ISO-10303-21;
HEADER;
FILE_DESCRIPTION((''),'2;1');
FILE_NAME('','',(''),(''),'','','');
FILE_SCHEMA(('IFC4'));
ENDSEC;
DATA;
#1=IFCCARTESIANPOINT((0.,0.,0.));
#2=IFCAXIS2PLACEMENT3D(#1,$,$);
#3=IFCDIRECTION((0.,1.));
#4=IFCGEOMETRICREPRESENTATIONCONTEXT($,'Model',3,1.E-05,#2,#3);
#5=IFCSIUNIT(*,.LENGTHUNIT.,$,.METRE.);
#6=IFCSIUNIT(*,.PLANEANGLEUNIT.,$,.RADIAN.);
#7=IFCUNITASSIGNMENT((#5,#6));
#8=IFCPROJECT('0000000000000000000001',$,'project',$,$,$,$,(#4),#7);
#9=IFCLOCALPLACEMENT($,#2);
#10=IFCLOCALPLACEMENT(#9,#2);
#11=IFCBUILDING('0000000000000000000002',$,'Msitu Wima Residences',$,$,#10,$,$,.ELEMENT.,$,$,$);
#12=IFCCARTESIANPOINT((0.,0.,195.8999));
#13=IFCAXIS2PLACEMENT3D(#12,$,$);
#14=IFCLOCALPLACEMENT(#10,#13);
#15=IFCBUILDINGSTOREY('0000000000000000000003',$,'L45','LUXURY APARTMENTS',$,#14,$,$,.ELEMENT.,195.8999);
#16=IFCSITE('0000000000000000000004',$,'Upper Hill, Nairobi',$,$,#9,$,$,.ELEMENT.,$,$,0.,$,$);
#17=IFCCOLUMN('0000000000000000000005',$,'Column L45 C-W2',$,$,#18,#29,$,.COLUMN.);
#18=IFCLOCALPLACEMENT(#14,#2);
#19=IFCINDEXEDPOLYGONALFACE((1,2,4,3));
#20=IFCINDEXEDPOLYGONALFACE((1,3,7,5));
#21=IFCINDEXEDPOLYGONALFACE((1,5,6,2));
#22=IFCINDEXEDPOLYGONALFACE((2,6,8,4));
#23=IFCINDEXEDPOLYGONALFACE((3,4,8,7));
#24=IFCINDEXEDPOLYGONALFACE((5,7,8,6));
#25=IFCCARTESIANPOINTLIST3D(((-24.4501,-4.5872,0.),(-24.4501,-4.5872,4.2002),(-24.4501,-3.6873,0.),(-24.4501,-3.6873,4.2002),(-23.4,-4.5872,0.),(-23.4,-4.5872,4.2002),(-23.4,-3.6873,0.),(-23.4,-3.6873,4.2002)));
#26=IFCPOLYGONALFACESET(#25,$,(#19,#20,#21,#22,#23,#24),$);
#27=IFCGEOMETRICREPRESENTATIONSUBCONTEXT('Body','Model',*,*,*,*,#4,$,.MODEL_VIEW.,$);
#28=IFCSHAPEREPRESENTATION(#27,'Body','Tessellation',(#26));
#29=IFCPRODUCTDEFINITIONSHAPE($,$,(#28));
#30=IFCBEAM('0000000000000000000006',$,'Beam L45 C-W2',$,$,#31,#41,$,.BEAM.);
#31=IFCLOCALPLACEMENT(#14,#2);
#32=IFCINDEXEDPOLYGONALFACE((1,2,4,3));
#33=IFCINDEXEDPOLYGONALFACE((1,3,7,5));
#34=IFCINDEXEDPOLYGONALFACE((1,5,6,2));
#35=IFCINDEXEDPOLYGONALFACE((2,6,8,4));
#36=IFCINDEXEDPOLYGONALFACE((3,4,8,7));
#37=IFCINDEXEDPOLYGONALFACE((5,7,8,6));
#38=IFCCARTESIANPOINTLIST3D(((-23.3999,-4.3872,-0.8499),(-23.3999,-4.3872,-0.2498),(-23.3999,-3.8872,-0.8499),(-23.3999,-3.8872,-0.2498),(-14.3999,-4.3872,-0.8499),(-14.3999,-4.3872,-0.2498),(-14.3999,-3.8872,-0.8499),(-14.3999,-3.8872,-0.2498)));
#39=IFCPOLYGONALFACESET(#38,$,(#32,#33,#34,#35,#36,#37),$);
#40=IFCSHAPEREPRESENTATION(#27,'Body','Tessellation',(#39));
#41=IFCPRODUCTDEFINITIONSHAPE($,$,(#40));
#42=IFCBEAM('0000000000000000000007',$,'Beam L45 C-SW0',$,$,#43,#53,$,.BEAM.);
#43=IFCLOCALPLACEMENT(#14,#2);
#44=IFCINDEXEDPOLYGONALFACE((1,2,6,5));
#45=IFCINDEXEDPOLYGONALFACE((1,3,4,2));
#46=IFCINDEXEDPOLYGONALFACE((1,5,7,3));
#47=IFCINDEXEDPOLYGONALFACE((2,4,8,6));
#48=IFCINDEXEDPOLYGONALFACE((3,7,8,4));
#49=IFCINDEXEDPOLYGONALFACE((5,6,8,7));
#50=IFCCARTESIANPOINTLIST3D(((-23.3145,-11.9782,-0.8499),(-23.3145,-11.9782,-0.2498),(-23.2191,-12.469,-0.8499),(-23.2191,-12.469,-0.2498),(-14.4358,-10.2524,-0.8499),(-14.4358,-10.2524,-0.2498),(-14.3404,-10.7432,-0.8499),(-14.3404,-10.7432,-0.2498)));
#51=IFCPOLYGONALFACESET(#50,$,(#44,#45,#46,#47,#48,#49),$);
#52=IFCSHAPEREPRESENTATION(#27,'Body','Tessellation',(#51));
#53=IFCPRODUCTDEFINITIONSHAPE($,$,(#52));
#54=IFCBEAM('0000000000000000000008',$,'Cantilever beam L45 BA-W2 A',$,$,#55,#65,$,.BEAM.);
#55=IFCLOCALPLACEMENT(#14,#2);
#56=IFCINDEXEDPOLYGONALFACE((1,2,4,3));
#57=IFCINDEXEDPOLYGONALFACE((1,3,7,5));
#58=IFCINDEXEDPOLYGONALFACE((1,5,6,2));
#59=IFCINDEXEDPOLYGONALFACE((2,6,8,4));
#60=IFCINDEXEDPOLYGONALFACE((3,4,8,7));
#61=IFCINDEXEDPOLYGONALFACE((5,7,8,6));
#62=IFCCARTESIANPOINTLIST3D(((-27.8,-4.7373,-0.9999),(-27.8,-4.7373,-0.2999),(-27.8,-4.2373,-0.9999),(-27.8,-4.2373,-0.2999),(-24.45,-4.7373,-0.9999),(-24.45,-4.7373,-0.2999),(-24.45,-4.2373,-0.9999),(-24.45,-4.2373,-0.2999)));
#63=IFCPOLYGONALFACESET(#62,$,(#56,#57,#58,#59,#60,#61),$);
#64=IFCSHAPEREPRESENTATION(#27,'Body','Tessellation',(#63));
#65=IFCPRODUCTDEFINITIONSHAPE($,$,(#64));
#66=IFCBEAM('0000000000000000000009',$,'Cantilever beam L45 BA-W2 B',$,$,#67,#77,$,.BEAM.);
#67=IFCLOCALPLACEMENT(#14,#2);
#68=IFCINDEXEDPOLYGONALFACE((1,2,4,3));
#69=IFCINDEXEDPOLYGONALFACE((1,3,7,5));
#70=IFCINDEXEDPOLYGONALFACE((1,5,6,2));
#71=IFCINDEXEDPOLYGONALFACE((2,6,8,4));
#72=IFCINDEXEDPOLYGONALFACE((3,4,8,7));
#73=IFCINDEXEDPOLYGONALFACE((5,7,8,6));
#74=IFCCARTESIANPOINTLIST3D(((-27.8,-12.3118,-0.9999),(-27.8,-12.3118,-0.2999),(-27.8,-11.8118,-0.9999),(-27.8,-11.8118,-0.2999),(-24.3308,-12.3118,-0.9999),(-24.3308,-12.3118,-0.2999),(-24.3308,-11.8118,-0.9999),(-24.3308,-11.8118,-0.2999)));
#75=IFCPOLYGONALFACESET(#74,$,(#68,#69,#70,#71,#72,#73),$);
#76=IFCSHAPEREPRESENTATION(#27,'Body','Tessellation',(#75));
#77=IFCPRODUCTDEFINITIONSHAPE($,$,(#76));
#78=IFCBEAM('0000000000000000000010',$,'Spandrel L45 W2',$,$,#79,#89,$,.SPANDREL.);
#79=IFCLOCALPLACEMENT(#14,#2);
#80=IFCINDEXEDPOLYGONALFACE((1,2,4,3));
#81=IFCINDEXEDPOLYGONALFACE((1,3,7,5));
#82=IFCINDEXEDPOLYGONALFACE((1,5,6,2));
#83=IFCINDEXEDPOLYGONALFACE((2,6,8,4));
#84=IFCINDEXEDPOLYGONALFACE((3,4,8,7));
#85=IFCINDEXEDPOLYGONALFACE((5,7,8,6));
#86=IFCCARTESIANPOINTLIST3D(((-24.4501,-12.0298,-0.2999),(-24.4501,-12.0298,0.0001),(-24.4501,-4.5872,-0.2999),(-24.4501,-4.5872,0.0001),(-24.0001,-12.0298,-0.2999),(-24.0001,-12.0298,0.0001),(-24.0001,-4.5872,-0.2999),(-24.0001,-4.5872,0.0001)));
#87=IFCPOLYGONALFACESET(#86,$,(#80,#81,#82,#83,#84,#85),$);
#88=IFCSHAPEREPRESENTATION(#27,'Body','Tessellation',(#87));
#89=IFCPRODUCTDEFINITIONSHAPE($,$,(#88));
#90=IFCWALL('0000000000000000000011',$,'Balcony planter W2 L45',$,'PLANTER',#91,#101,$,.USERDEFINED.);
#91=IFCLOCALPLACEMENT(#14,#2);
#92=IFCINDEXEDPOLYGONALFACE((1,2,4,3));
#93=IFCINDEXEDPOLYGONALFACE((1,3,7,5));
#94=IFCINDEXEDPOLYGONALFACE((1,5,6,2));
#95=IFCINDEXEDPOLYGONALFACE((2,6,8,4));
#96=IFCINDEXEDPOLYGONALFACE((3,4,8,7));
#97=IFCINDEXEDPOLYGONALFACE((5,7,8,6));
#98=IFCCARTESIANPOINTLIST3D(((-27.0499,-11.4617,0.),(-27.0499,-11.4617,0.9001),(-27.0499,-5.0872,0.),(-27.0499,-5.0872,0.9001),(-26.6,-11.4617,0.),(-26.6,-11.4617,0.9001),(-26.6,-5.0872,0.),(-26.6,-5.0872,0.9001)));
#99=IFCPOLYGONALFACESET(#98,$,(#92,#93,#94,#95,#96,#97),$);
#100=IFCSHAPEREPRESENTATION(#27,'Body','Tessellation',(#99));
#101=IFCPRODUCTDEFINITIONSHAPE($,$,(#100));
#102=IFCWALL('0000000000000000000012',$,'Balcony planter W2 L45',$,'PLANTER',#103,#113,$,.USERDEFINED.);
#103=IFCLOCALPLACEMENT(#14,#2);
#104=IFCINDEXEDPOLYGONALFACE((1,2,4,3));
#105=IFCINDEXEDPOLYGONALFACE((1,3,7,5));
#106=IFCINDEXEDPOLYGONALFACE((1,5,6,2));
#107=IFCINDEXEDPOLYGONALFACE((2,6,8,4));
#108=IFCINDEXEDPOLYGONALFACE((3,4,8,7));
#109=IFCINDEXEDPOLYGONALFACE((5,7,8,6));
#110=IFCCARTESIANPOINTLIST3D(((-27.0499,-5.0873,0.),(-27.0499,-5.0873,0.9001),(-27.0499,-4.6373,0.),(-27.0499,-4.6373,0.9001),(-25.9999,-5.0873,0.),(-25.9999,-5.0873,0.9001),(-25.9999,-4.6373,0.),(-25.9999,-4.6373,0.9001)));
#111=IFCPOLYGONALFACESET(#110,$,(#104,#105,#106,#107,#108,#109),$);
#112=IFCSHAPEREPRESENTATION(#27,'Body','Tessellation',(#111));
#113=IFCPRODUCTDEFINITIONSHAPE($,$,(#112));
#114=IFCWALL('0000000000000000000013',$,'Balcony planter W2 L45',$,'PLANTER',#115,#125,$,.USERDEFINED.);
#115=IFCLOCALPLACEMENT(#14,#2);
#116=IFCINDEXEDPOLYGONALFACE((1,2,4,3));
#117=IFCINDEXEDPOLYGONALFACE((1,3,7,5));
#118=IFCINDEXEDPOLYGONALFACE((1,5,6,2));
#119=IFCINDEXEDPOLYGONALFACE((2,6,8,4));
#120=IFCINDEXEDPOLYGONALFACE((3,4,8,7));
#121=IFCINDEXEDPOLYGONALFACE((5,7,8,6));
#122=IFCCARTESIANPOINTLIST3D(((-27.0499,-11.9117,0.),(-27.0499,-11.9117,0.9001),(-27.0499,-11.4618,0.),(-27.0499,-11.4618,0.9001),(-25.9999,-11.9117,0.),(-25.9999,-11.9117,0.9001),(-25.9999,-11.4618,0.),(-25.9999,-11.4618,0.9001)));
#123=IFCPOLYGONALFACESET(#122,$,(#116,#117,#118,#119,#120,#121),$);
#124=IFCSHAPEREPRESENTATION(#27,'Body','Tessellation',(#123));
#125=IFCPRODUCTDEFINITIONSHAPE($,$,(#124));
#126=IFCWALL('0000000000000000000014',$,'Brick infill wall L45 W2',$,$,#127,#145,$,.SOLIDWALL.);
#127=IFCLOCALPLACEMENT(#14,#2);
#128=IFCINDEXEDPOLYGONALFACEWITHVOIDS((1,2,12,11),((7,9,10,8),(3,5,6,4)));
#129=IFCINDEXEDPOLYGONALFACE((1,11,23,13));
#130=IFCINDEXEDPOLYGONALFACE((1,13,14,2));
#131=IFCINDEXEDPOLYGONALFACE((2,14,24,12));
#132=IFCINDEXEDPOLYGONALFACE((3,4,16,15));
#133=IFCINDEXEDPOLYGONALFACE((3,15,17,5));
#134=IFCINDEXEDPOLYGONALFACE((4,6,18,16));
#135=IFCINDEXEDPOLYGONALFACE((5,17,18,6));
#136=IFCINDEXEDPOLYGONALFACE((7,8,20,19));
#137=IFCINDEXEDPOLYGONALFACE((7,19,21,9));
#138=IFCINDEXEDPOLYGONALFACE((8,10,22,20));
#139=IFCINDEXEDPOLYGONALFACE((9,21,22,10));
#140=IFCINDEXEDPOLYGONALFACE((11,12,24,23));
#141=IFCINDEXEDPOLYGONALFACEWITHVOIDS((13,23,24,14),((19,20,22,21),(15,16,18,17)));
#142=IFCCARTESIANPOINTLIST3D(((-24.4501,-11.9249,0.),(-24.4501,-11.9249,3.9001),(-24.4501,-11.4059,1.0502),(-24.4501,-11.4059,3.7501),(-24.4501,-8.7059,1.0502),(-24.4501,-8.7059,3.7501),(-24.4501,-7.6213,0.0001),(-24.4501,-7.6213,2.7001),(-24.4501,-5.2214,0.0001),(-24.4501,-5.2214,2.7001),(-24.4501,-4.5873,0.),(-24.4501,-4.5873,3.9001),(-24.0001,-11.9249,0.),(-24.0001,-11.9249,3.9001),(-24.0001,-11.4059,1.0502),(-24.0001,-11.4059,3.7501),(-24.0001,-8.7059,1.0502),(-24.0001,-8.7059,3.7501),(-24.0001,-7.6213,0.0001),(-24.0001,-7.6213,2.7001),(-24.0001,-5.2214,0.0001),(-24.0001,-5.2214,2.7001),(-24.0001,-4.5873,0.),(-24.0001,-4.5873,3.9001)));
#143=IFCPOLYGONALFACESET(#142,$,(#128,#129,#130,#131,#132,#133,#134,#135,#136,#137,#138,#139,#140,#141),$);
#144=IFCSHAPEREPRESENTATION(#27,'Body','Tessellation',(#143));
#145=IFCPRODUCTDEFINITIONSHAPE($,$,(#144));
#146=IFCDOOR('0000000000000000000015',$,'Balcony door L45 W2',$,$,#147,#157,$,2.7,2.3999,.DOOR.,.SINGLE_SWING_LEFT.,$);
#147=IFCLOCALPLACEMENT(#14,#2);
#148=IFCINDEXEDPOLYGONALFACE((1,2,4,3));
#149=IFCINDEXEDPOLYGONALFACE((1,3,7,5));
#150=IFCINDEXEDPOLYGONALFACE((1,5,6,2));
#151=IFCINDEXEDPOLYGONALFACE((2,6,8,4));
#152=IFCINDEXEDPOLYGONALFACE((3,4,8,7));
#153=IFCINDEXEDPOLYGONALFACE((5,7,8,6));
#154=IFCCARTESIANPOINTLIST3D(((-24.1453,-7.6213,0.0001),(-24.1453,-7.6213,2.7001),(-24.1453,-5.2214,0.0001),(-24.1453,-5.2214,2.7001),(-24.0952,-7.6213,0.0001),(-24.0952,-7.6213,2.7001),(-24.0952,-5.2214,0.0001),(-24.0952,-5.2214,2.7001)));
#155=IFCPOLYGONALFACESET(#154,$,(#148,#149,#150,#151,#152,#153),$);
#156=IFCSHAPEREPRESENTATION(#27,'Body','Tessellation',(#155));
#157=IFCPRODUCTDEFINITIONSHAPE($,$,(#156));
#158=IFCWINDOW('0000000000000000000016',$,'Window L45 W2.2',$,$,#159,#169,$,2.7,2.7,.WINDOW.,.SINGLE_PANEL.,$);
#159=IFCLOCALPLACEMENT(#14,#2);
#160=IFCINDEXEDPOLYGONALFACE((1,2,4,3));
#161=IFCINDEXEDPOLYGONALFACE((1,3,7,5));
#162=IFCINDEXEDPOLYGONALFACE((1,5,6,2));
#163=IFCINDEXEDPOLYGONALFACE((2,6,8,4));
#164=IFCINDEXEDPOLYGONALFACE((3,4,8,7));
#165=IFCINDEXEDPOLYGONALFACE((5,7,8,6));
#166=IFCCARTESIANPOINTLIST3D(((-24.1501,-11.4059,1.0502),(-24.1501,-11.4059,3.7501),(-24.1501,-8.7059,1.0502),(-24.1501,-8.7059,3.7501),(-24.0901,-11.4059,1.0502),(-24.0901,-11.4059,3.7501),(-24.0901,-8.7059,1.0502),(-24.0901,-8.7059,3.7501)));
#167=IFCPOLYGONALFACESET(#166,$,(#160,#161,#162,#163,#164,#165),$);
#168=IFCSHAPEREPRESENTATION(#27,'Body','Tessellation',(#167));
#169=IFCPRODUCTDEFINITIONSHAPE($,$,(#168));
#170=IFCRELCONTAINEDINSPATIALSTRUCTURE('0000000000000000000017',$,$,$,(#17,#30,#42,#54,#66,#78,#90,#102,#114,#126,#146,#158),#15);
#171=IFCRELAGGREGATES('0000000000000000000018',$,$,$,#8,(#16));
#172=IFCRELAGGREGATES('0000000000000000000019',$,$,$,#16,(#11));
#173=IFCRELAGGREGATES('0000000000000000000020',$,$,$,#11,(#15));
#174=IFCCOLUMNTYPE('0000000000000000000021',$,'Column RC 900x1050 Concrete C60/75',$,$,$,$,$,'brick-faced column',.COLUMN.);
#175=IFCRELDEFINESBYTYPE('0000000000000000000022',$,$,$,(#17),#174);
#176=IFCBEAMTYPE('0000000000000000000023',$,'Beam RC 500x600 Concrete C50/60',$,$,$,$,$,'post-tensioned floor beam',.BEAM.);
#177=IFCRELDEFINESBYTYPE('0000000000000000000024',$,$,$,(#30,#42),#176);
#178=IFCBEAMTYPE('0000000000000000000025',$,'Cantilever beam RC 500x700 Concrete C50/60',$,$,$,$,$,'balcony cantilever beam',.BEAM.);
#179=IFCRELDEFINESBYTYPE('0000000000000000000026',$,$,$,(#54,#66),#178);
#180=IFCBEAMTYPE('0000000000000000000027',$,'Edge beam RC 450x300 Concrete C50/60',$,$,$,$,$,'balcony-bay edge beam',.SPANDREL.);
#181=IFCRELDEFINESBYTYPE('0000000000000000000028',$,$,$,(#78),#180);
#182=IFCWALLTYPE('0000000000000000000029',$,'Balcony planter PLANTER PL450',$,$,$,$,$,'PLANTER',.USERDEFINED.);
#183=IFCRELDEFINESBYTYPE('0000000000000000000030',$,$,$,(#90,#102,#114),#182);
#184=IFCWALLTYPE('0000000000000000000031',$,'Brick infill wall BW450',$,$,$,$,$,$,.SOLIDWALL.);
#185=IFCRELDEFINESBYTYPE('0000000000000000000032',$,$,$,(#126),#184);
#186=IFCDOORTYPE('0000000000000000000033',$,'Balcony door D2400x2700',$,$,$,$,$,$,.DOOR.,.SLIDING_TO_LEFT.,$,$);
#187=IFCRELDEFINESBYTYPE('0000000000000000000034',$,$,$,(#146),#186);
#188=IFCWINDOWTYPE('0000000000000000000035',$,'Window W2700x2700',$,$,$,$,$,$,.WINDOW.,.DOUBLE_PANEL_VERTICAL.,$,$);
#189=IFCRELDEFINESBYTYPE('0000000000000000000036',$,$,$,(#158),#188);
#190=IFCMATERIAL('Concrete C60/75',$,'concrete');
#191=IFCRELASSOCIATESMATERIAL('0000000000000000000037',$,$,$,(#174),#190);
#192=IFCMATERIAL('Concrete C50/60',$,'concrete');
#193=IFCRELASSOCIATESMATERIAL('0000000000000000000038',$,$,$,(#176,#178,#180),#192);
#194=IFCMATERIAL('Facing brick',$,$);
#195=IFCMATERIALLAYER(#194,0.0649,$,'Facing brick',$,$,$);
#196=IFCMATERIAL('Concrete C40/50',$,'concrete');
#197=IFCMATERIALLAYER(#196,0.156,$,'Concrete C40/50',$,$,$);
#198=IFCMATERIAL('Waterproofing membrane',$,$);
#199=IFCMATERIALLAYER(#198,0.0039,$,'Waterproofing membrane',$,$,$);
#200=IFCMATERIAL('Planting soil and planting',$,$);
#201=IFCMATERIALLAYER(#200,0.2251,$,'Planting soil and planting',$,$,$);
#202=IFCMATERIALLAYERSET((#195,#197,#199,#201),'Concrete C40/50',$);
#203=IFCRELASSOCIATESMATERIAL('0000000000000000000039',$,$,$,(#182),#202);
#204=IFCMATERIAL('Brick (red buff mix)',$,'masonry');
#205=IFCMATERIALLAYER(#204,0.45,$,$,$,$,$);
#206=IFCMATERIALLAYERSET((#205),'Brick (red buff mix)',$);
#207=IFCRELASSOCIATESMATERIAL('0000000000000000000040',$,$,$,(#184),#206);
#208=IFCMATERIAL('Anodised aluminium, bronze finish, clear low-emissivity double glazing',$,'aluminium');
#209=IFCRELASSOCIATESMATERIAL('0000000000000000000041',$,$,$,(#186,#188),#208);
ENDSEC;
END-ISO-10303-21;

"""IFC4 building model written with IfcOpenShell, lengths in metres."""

from ifc_helpers import new_model, si_unit, direction, frame, frame_2d, origin, origin_2d, place, context, subcontext, project, spatial, rectangle, extrude, material, layer, layer_set, material_profile, profile_set, type_object, element, fill, save


model = new_model("IFC4")

# Units and contexts
model_context = context("Model", 3, precision=1e-05, world=origin(), true_north=direction((0.0, 1.0)))
body_context = subcontext(model_context, "Body", "Model", "MODEL_VIEW")
ifc_project = project(units=[si_unit("LENGTHUNIT", "METRE"), si_unit("PLANEANGLEUNIT", "RADIAN")], contexts=[model_context])

# Site, building, storey
site_placement = place(None, origin())
site = spatial("IfcSite", under=ifc_project, at=site_placement, Name="Upper Hill, Nairobi", CompositionType="ELEMENT", RefElevation=0.0)
building_placement = place(site_placement, origin())
building = spatial("IfcBuilding", under=site, at=building_placement, Name="Msitu Wima Residences", CompositionType="ELEMENT")
storey_placement = place(building_placement, frame((0.0, 0.0, 195.8999)))
storey = spatial("IfcBuildingStorey", under=building, at=storey_placement, Name="L45", Description="LUXURY APARTMENTS", CompositionType="ELEMENT", Elevation=195.8999)

# Column
ifc_material_1 = material(Name="Concrete C60/75", Category="concrete")
ifc_material_profile_1 = material_profile(ifc_material_1, rectangle(XDim=0.8999, YDim=1.05, at=origin_2d()), Name="RC 900x1050")
ifc_profile_set_1 = profile_set([ifc_material_profile_1], Name="Concrete C60/75")
column_type = type_object("IfcColumnType", Name="Column RC 900x1050 Concrete C60/75", ElementType="brick-faced column", PredefinedType="COLUMN", material=ifc_profile_set_1)
column_placement = place(storey_placement, frame((-23.925, -4.1372, 0.0), z_axis=(0.0, 0.0, 1.0), x_axis=(0.0, -1.0, 0.0)))
element("IfcColumn", 1, at=column_placement, inside=storey, type_object=column_type, Name="Column L45 C-W2", PredefinedType="COLUMN", context=body_context, shape_type="SweptSolid", body=[
    extrude(rectangle(XDim=0.8999, YDim=1.05, at=origin_2d()), origin(), (0.0, 0.0, 1.0), 4.2002),
])

# Beams
ifc_material_2 = material(Name="Concrete C50/60", Category="concrete")
ifc_material_profile_2 = material_profile(ifc_material_2, rectangle(XDim=0.5, YDim=0.6001, at=origin_2d()), Name="RC 500x600")
ifc_profile_set_2 = profile_set([ifc_material_profile_2], Name="Concrete C50/60")
beam_type_1 = type_object("IfcBeamType", Name="Beam RC 500x600 Concrete C50/60", ElementType="post-tensioned floor beam", PredefinedType="BEAM", material=ifc_profile_set_2)
beam_1_placement = place(storey_placement, frame((-23.3999, -4.1372, -0.5498), z_axis=(1.0, 0.0, 0.0), x_axis=(0.0, 1.0, 0.0)))
element("IfcBeam", 2, at=beam_1_placement, inside=storey, type_object=beam_type_1, Name="Beam L45 C-W2", PredefinedType="BEAM", context=body_context, shape_type="SweptSolid", body=[
    extrude(rectangle(XDim=0.5, YDim=0.6001, at=origin_2d()), origin(), (0.0, 0.0, 1.0), 9.0),
])
beam_2_placement = place(storey_placement, frame((-23.2668, -12.2236, -0.5498), z_axis=(0.981627, 0.190808, 0.0), x_axis=(-0.190808, 0.981627, 0.0)))
element("IfcBeam", 3, at=beam_2_placement, inside=storey, type_object=beam_type_1, Name="Beam L45 C-SW0", PredefinedType="BEAM", context=body_context, shape_type="SweptSolid", body=[
    extrude(rectangle(XDim=0.5, YDim=0.6001, at=origin_2d()), origin(), (0.0, 0.0, 1.0), 9.0449),
])
ifc_material_profile_3 = material_profile(ifc_material_2, rectangle(XDim=0.5, YDim=0.7, at=origin_2d()), Name="RC 500x700")
ifc_profile_set_3 = profile_set([ifc_material_profile_3], Name="Concrete C50/60")
beam_type_2 = type_object("IfcBeamType", Name="Cantilever beam RC 500x700 Concrete C50/60", ElementType="balcony cantilever beam", PredefinedType="BEAM", material=ifc_profile_set_3)
beam_3_placement = place(storey_placement, frame((-24.45, -4.4873, -0.6499), z_axis=(-1.0, 0.0, 0.0), x_axis=(0.0, -1.0, 0.0)))
element("IfcBeam", 4, at=beam_3_placement, inside=storey, type_object=beam_type_2, Name="Cantilever beam L45 BA-W2 A", PredefinedType="BEAM", context=body_context, shape_type="SweptSolid", body=[
    extrude(rectangle(XDim=0.5, YDim=0.7, at=origin_2d()), origin(), (0.0, 0.0, 1.0), 3.3501),
])
beam_4_placement = place(storey_placement, frame((-24.3308, -12.0618, -0.6499), z_axis=(-1.0, 0.0, 0.0), x_axis=(0.0, -1.0, 0.0)))
element("IfcBeam", 5, at=beam_4_placement, inside=storey, type_object=beam_type_2, Name="Cantilever beam L45 BA-W2 B", PredefinedType="BEAM", context=body_context, shape_type="SweptSolid", body=[
    extrude(rectangle(XDim=0.5, YDim=0.7, at=origin_2d()), origin(), (0.0, 0.0, 1.0), 3.4692),
])
ifc_material_profile_4 = material_profile(ifc_material_2, rectangle(XDim=0.45, YDim=0.3, at=origin_2d()), Name="RC 450x300")
ifc_profile_set_4 = profile_set([ifc_material_profile_4], Name="Concrete C50/60")
beam_type_3 = type_object("IfcBeamType", Name="Edge beam RC 450x300 Concrete C50/60", ElementType="balcony-bay edge beam", PredefinedType="SPANDREL", material=ifc_profile_set_4)
beam_5_placement = place(storey_placement, frame((-24.2251, -4.5872, -0.1499), z_axis=(0.0, -1.0, 0.0), x_axis=(1.0, 0.0, 0.0)))
element("IfcBeam", 6, at=beam_5_placement, inside=storey, type_object=beam_type_3, Name="Spandrel L45 W2", PredefinedType="SPANDREL", context=body_context, shape_type="SweptSolid", body=[
    extrude(rectangle(XDim=0.45, YDim=0.3, at=origin_2d()), origin(), (0.0, 0.0, 1.0), 7.4426),
])

# Walls
ifc_material_3 = material(Name="Facing brick")
ifc_layer_1 = layer(ifc_material_3, 0.0649, Name="Facing brick")
ifc_material_4 = material(Name="Concrete C40/50", Category="concrete")
ifc_layer_2 = layer(ifc_material_4, 0.156, Name="Concrete C40/50")
ifc_material_5 = material(Name="Waterproofing membrane")
ifc_layer_3 = layer(ifc_material_5, 0.0039, Name="Waterproofing membrane")
ifc_material_6 = material(Name="Planting soil and planting")
ifc_layer_4 = layer(ifc_material_6, 0.2251, Name="Planting soil and planting")
ifc_layer_set_1 = layer_set([ifc_layer_1, ifc_layer_2, ifc_layer_3, ifc_layer_4], Name="Concrete C40/50")
wall_type_1 = type_object("IfcWallType", Name="Balcony planter PLANTER PL450", ElementType="PLANTER", PredefinedType="USERDEFINED", material=ifc_layer_set_1)
wall_1_placement = place(storey_placement, frame((-26.825, -5.0872, 0.0), z_axis=(0.0, 0.0, 1.0), x_axis=(0.0, -1.0, 0.0)))
element("IfcWall", 7, at=wall_1_placement, inside=storey, type_object=wall_type_1, Name="Balcony planter W2 L45", ObjectType="PLANTER", PredefinedType="USERDEFINED", context=body_context, shape_type="SweptSolid", body=[
    extrude(rectangle(XDim=6.3745, YDim=0.45, at=frame_2d((3.1873, 0.0))), origin(), (0.0, 0.0, 1.0), 0.9001),
])
for number, where, z_axis, x_axis, name in (
    (8, (-26.0, -4.8623, 0.0), (0.0, 0.0, 1.0), (-1.0, 0.0, 0.0), "Balcony planter W2 L45"),
    (9, (-26.0, -11.6868, 0.0), (0.0, 0.0, 1.0), (-1.0, 0.0, 0.0), "Balcony planter W2 L45"),
):
    element("IfcWall", number, at=place(storey_placement, frame(where, z_axis=z_axis, x_axis=x_axis)), inside=storey, type_object=wall_type_1, Name=name, ObjectType="PLANTER", PredefinedType="USERDEFINED", context=body_context, shape_type="SweptSolid", body=[
        extrude(rectangle(XDim=1.05, YDim=0.45, at=frame_2d((0.5249, 0.0))), origin(), (0.0, 0.0, 1.0), 0.9001),
    ])

# Wall, openings, door, window
ifc_material_7 = material(Name="Brick (red buff mix)", Category="masonry")
ifc_layer_5 = layer(ifc_material_7, 0.45)
ifc_layer_set_2 = layer_set([ifc_layer_5], Name="Brick (red buff mix)")
wall_type_2 = type_object("IfcWallType", Name="Brick infill wall BW450", PredefinedType="SOLIDWALL", material=ifc_layer_set_2)
wall_2_placement = place(storey_placement, frame((-24.2251, -4.5872, 0.0), z_axis=(0.0, 0.0, 1.0), x_axis=(0.0, -1.0, 0.0)))
wall_2 = element("IfcWall", 10, at=wall_2_placement, inside=storey, type_object=wall_type_2, Name="Brick infill wall L45 W2", PredefinedType="SOLIDWALL", context=body_context, shape_type="SweptSolid", body=[
    extrude(rectangle(XDim=7.3376, YDim=0.45, at=frame_2d((3.6689, 0.0))), origin(), (0.0, 0.0, 1.0), 3.9001),
])
opening_1_placement = place(wall_2_placement, frame((0.6343, 0.0, 0.0)))
opening_1 = element("IfcOpeningElement", 11, at=opening_1_placement, cuts=wall_2, PredefinedType="OPENING", context=body_context, shape_type="SweptSolid", body=[
    extrude(rectangle(XDim=2.3999, YDim=2.7, at=frame_2d((1.2, 1.3501))), frame((0.0, 0.2349, 0.0), z_axis=(0.0, -1.0, 0.0), x_axis=(1.0, 0.0, 0.0)), (0.0, 0.0, 1.0), 0.47),
])
opening_2_placement = place(wall_2_placement, frame((4.1187, 0.0, 1.05)))
opening_2 = element("IfcOpeningElement", 12, at=opening_2_placement, cuts=wall_2, PredefinedType="OPENING", context=body_context, shape_type="SweptSolid", body=[
    extrude(rectangle(XDim=2.7, YDim=2.7, at=frame_2d((1.3501, 1.3501))), frame((0.0, 0.2349, 0.0), z_axis=(0.0, -1.0, 0.0), x_axis=(1.0, 0.0, 0.0)), (0.0, 0.0, 1.0), 0.47),
])
ifc_material_8 = material(Name="Anodised aluminium, bronze finish, clear low-emissivity double glazing", Category="aluminium")
door_type_1 = type_object("IfcDoorType", Name="Balcony door D2400x2700", OperationType="SLIDING_TO_LEFT", PredefinedType="DOOR", material=ifc_material_8)
door_1_placement = place(opening_1_placement, origin())
door_1 = element("IfcDoor", 13, at=door_1_placement, inside=storey, type_object=door_type_1, Name="Balcony door L45 W2", OperationType="SINGLE_SWING_LEFT", OverallHeight=2.7, OverallWidth=2.3999, PredefinedType="DOOR", context=body_context, shape_type="SweptSolid", body=[
    extrude(rectangle(XDim=2.3999, YDim=2.7, at=frame_2d((1.2, 1.3501))), frame((0.0, 0.1299, 0.0), z_axis=(0.0, -1.0, 0.0), x_axis=(1.0, 0.0, 0.0)), (0.0, 0.0, 1.0), 0.05),
])
fill(opening_1, door_1)
window_type = type_object("IfcWindowType", Name="Window W2700x2700", PartitioningType="DOUBLE_PANEL_VERTICAL", PredefinedType="WINDOW", material=ifc_material_8)
window_placement = place(opening_2_placement, origin())
window = element("IfcWindow", 14, at=window_placement, inside=storey, type_object=window_type, Name="Window L45 W2.2", OverallHeight=2.7, OverallWidth=2.7, PartitioningType="SINGLE_PANEL", PredefinedType="WINDOW", context=body_context, shape_type="SweptSolid", body=[
    extrude(rectangle(XDim=2.7, YDim=2.7, at=frame_2d((1.3501, 1.3501))), frame((0.0, 0.135, 0.0), z_axis=(0.0, -1.0, 0.0), x_axis=(1.0, 0.0, 0.0)), (0.0, 0.0, 1.0), 0.0601),
])
fill(opening_2, window)

save(model, "model.ifc")
